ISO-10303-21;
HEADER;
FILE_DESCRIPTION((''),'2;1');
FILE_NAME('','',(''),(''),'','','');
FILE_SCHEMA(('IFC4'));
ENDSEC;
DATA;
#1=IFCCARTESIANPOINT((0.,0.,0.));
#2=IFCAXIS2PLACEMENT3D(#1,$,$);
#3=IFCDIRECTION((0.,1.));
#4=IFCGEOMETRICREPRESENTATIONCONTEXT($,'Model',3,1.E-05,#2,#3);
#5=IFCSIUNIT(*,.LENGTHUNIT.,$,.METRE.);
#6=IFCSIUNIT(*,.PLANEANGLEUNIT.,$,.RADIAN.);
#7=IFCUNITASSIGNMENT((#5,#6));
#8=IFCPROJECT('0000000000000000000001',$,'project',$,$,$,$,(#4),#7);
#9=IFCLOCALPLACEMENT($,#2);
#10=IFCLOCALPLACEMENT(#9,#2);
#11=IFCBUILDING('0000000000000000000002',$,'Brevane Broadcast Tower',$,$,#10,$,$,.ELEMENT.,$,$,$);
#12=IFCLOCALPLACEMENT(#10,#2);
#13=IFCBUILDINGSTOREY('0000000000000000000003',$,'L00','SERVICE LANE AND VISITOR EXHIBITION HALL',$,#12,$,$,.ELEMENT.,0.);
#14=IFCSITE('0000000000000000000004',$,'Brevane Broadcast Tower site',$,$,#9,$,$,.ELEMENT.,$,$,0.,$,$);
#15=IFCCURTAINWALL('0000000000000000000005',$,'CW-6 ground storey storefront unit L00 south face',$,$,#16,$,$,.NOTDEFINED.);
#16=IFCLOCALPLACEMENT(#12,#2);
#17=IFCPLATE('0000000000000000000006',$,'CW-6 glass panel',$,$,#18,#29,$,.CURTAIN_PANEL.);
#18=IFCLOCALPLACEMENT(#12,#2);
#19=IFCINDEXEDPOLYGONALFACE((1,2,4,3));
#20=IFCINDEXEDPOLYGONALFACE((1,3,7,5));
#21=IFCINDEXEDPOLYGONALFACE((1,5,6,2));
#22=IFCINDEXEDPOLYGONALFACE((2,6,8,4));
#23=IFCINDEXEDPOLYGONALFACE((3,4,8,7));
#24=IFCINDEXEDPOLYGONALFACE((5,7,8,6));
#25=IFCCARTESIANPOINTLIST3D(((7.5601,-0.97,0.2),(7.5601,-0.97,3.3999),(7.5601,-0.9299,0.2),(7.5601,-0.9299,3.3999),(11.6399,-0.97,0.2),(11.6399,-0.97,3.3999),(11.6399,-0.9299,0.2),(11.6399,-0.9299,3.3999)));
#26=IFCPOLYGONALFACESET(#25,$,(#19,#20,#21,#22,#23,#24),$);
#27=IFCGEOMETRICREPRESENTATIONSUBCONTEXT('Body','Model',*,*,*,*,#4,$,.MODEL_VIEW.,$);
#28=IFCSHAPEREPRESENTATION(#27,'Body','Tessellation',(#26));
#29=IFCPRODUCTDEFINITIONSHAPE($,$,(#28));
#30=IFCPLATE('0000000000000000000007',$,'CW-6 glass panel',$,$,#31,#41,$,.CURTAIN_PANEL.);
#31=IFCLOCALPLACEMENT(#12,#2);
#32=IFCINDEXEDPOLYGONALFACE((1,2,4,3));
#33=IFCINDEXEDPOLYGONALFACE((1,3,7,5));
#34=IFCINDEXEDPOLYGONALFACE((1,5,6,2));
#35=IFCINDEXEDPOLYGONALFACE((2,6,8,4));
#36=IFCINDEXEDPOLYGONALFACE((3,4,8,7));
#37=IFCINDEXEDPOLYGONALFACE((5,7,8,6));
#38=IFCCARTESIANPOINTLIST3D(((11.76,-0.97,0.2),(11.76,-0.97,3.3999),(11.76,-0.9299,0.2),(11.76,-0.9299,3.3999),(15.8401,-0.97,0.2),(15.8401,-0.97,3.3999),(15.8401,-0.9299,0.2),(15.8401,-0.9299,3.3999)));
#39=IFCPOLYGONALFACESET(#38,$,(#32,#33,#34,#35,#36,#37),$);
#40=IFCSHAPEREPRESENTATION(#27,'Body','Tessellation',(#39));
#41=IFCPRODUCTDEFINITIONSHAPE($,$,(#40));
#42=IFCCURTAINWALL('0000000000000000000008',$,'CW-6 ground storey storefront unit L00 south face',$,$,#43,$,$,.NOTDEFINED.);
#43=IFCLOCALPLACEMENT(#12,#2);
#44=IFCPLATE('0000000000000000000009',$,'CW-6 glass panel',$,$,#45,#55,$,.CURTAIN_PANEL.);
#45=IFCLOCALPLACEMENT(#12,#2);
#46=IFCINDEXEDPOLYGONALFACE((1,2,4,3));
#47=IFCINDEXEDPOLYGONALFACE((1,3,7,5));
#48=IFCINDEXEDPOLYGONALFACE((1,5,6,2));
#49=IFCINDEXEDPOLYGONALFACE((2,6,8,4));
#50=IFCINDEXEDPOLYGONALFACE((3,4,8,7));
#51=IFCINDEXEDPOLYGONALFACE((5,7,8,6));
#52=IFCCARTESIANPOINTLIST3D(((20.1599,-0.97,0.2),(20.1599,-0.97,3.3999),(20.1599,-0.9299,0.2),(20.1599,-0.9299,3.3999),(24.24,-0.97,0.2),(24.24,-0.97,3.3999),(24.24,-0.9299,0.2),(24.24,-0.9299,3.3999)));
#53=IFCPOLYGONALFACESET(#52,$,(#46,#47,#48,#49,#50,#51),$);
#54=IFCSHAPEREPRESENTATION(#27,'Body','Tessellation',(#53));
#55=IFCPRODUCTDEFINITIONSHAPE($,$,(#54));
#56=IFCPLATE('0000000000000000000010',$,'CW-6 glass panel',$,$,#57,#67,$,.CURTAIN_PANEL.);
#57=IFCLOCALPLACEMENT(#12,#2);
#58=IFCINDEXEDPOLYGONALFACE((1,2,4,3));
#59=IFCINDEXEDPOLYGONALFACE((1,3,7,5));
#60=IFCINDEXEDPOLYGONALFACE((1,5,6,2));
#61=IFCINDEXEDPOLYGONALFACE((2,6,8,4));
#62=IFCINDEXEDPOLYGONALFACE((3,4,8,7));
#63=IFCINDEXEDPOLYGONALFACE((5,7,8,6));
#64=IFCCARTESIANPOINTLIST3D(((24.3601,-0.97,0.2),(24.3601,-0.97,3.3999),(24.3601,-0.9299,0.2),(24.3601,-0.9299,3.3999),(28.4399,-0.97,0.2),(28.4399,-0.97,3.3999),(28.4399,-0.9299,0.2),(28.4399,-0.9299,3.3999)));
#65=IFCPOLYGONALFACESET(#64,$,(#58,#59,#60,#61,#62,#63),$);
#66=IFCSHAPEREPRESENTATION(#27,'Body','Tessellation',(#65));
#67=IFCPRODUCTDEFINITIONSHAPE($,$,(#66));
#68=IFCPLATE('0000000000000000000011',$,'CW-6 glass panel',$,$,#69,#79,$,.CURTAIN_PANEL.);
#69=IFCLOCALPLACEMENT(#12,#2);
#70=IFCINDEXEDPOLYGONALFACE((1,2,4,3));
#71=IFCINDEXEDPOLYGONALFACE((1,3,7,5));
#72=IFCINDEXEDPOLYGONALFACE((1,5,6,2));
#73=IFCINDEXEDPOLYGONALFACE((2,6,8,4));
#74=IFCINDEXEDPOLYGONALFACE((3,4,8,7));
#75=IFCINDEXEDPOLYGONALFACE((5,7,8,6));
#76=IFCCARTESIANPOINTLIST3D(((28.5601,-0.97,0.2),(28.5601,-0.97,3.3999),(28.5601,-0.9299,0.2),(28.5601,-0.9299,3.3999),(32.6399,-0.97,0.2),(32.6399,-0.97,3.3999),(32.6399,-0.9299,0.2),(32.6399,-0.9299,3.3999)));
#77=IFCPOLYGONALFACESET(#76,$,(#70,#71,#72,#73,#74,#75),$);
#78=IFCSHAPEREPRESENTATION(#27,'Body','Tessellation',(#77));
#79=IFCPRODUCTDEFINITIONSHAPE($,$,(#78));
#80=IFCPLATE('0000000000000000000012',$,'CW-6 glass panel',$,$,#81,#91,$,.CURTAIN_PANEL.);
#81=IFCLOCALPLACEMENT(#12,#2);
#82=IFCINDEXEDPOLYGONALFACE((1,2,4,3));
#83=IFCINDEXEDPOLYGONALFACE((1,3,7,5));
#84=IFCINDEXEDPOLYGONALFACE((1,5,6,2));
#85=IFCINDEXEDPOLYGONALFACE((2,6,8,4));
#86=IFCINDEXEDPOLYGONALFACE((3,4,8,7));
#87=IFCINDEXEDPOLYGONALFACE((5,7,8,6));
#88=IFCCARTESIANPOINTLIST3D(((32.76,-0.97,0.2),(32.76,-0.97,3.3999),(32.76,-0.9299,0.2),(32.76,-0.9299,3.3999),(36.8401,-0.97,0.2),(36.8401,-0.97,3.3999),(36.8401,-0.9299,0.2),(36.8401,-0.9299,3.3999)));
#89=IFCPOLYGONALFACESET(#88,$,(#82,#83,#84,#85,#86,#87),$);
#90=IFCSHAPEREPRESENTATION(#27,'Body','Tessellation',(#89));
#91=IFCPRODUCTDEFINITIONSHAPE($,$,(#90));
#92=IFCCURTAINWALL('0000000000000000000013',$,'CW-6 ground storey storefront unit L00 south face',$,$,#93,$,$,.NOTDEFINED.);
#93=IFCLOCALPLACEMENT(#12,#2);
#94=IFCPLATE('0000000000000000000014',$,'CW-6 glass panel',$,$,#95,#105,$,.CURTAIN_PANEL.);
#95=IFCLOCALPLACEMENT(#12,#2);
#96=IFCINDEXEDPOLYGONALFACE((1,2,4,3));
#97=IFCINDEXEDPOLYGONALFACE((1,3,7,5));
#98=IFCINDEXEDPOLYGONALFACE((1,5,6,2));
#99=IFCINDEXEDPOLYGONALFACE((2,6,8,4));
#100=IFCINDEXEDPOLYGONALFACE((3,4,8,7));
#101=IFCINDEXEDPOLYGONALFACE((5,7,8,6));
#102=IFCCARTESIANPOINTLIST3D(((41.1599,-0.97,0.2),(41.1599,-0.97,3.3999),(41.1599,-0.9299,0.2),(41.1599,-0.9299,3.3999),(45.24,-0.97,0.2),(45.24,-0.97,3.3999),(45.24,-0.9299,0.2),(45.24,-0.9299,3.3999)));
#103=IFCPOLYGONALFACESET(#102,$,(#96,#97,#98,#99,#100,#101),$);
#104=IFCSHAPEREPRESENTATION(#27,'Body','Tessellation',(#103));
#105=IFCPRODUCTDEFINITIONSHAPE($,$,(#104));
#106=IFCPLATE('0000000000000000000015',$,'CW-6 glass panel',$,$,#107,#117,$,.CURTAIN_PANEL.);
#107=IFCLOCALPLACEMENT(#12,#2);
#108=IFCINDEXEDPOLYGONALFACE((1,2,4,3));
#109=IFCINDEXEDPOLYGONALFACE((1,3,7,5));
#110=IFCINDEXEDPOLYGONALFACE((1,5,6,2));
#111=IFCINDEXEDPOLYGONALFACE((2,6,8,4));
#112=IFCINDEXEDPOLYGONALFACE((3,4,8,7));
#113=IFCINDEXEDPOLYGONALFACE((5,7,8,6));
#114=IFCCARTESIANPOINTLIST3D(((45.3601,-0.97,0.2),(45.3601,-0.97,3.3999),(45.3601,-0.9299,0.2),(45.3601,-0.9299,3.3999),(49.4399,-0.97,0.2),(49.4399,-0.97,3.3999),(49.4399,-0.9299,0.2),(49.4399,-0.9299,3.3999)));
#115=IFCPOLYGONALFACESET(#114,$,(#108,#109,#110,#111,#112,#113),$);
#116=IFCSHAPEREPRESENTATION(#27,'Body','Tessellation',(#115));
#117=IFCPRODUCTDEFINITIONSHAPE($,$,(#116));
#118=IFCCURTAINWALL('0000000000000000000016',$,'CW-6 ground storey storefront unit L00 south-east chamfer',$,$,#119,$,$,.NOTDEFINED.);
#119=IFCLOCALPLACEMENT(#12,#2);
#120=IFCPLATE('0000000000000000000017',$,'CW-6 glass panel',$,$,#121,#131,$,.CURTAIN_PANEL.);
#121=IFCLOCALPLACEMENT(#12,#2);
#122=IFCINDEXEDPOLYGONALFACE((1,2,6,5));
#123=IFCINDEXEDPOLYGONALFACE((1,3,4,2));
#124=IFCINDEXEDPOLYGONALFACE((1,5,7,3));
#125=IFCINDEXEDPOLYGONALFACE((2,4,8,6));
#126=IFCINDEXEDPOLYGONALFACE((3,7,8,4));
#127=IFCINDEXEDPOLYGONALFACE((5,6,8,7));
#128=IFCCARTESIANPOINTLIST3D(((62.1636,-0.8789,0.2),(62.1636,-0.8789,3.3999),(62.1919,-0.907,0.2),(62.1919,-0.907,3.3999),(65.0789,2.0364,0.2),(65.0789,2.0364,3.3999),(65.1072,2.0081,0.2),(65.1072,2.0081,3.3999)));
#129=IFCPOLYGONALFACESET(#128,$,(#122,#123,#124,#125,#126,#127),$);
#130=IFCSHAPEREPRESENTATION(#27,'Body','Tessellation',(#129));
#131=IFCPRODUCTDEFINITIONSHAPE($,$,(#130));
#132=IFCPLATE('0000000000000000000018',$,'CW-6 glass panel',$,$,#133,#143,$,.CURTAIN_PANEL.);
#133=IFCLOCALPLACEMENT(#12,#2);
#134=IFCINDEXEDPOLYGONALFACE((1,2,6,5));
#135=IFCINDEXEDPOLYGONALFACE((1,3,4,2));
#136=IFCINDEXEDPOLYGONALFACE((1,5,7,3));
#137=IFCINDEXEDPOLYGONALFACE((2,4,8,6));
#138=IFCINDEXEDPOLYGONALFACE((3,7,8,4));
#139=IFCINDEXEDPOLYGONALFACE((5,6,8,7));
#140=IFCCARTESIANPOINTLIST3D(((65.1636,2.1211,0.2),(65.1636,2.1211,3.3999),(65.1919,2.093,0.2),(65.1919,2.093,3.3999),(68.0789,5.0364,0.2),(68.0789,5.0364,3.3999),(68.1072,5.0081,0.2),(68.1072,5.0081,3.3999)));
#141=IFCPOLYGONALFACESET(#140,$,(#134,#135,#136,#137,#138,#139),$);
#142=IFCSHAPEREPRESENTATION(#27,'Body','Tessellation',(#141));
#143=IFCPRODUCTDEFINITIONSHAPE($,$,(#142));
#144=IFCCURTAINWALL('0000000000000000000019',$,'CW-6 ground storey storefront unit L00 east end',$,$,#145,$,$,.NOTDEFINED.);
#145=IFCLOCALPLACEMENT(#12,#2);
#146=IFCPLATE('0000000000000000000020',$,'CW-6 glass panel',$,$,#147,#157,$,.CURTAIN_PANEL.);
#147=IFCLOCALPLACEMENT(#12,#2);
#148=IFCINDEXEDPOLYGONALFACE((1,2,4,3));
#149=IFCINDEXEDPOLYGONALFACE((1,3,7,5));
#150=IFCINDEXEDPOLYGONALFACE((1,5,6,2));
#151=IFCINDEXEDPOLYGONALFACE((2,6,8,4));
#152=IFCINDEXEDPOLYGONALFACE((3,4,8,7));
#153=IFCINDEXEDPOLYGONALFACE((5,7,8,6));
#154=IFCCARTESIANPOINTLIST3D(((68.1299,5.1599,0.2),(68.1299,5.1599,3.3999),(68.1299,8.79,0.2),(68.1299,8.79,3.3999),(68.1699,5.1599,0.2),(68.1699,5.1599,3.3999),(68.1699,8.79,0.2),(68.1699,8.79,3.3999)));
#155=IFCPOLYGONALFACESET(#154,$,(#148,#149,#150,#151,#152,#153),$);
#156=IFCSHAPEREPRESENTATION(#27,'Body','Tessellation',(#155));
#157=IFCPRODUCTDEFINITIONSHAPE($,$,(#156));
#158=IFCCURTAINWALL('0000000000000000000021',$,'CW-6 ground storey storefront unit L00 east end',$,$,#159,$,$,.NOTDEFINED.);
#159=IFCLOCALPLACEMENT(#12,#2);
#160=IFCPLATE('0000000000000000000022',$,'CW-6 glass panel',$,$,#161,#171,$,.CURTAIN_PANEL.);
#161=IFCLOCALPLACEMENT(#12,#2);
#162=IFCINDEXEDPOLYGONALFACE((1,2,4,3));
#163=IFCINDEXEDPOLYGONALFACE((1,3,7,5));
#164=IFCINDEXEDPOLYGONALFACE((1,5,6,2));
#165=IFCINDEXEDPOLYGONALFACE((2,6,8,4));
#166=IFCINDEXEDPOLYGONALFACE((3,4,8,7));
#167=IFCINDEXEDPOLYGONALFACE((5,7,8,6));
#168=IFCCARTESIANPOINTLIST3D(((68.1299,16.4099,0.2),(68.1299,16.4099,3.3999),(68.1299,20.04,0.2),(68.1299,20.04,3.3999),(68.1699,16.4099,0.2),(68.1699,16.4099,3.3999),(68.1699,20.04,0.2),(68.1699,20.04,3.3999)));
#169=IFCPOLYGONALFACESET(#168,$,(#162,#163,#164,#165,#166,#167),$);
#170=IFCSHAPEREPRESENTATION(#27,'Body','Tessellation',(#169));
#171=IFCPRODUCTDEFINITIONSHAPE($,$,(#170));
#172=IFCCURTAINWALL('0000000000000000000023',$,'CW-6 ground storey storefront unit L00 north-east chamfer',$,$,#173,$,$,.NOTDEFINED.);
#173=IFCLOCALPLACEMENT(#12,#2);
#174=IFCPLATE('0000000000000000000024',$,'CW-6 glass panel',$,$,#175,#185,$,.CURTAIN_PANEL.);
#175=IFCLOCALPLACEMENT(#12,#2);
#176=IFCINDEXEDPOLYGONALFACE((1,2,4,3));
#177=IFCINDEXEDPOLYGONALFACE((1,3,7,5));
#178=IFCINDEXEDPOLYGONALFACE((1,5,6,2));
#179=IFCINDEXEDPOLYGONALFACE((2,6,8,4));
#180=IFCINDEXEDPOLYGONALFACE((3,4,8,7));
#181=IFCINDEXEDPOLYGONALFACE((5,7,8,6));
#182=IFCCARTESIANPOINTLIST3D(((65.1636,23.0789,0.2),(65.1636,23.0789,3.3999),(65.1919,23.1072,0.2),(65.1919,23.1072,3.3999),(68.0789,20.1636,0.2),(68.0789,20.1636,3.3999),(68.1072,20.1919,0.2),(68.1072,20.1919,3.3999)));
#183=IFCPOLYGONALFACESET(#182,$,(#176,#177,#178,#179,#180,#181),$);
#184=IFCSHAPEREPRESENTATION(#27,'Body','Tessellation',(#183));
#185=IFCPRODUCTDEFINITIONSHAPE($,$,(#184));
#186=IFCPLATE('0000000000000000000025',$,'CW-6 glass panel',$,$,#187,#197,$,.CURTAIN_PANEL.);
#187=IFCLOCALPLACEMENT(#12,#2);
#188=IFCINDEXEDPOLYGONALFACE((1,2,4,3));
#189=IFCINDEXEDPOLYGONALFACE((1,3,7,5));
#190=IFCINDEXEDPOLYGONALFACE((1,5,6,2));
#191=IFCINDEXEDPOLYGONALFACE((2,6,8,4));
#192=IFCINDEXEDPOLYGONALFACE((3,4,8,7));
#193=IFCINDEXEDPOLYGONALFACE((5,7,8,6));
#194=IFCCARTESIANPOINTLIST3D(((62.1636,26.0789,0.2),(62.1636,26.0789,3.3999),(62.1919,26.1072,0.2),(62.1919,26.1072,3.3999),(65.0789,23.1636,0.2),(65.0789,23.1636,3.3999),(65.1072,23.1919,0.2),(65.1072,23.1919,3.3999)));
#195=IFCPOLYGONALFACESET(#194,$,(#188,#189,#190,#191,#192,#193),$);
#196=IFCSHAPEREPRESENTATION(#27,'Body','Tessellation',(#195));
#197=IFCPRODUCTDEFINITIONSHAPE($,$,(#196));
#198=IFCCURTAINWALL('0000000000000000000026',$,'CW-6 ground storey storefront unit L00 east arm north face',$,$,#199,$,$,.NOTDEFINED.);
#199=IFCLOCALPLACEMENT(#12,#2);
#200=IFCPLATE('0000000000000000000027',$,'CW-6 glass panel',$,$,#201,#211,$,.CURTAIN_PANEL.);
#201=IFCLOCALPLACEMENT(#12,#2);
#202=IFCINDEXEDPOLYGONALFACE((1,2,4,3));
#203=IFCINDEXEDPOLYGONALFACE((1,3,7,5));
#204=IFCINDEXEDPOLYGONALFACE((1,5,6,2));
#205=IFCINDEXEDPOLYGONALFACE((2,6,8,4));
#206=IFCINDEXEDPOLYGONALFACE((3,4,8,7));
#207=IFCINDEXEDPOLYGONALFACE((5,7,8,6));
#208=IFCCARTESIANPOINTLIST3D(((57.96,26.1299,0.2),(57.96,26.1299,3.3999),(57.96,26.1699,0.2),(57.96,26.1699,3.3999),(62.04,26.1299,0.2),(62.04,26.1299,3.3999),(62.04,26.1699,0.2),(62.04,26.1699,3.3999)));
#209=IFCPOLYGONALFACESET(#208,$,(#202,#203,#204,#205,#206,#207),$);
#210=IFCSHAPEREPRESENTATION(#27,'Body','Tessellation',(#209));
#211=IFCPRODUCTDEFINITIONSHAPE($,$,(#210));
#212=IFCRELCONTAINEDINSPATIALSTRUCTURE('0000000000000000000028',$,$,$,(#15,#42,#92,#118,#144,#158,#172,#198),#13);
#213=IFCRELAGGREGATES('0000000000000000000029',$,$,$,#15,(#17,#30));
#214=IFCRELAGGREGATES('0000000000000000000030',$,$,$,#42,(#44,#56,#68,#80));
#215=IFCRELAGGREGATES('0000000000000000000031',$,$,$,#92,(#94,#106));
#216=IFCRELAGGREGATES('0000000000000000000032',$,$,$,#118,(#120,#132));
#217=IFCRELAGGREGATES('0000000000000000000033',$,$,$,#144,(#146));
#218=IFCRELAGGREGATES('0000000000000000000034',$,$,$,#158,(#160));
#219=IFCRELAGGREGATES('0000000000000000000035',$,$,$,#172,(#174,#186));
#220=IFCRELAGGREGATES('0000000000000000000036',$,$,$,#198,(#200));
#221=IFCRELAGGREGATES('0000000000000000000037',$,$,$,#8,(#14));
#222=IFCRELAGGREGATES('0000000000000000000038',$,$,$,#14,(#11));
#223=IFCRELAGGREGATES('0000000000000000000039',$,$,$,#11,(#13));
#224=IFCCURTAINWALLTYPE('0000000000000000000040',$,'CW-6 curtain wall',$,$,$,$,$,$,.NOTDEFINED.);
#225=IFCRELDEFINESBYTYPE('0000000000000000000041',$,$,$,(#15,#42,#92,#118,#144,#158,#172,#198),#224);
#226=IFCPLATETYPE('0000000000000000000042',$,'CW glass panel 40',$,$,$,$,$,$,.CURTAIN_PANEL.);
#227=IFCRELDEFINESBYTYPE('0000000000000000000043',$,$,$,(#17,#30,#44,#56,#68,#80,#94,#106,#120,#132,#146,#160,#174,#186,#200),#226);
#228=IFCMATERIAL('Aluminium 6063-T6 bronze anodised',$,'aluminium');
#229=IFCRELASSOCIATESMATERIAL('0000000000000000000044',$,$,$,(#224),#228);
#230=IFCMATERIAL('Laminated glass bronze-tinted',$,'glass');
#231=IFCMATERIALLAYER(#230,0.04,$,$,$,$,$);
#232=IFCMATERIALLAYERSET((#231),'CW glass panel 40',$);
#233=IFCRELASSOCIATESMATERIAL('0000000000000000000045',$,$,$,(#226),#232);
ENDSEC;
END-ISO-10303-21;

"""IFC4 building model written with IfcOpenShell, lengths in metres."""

from ifc_helpers import new_model, si_unit, direction, frame, origin, place, context, subcontext, project, spatial, polyline, outline, extrude, material, layer, layer_set, type_object, element, aggregate, save


model = new_model("IFC4")

# Units and contexts
model_context = context("Model", 3, precision=1e-05, world=origin(), true_north=direction((0.0, 1.0)))
body_context = subcontext(model_context, "Body", "Model", "MODEL_VIEW")
ifc_project = project(units=[si_unit("LENGTHUNIT", "METRE"), si_unit("PLANEANGLEUNIT", "RADIAN")], contexts=[model_context])

# Site, building, storey
site_placement = place(None, origin())
site = spatial("IfcSite", under=ifc_project, at=site_placement, Name="Brevane Broadcast Tower site", CompositionType="ELEMENT", RefElevation=0.0)
building_placement = place(site_placement, origin())
building = spatial("IfcBuilding", under=site, at=building_placement, Name="Brevane Broadcast Tower", CompositionType="ELEMENT")
storey_placement = place(building_placement, origin())
storey = spatial("IfcBuildingStorey", under=building, at=storey_placement, Name="L00", Description="SERVICE LANE AND VISITOR EXHIBITION HALL", CompositionType="ELEMENT", Elevation=0.0)

# Curtain walls, plates
ifc_material_1 = material(Name="Aluminium 6063-T6 bronze anodised", Category="aluminium")
curtain_wall_type = type_object("IfcCurtainWallType", Name="CW-6 curtain wall", PredefinedType="NOTDEFINED", material=ifc_material_1)
curtain_wall_1_placement = place(storey_placement, origin())
curtain_wall_1 = element("IfcCurtainWall", 1, at=curtain_wall_1_placement, inside=storey, type_object=curtain_wall_type, Name="CW-6 ground storey storefront unit L00 south face", PredefinedType="NOTDEFINED")
ifc_material_2 = material(Name="Laminated glass bronze-tinted", Category="glass")
ifc_layer = layer(ifc_material_2, 0.04)
ifc_layer_set = layer_set([ifc_layer], Name="CW glass panel 40")
plate_type = type_object("IfcPlateType", Name="CW glass panel 40", PredefinedType="CURTAIN_PANEL", material=ifc_layer_set)
plate_1_placement = place(storey_placement, frame((0.0, 0.0, 0.2)))
plate_1 = element("IfcPlate", 2, at=plate_1_placement, type_object=plate_type, Name="CW-6 glass panel", PredefinedType="CURTAIN_PANEL", context=body_context, shape_type="SweptSolid", body=[
    extrude(outline(polyline([(11.6399, -0.97), (11.6399, -0.9299), (7.5601, -0.9299), (7.5601, -0.97), (11.6399, -0.97)])), origin(), (0.0, 0.0, 1.0), 3.2),
])
plate_2_placement = place(storey_placement, frame((0.0, 0.0, 0.2)))
plate_2 = element("IfcPlate", 3, at=plate_2_placement, type_object=plate_type, Name="CW-6 glass panel", PredefinedType="CURTAIN_PANEL", context=body_context, shape_type="SweptSolid", body=[
    extrude(outline(polyline([(15.8401, -0.97), (15.8401, -0.9299), (11.76, -0.9299), (11.76, -0.97), (15.8401, -0.97)])), origin(), (0.0, 0.0, 1.0), 3.2),
])
aggregate(curtain_wall_1, [plate_1, plate_2])
curtain_wall_2_placement = place(storey_placement, origin())
curtain_wall_2 = element("IfcCurtainWall", 4, at=curtain_wall_2_placement, inside=storey, type_object=curtain_wall_type, Name="CW-6 ground storey storefront unit L00 south face", PredefinedType="NOTDEFINED")
plate_3_placement = place(storey_placement, frame((0.0, 0.0, 0.2)))
plate_3 = element("IfcPlate", 5, at=plate_3_placement, type_object=plate_type, Name="CW-6 glass panel", PredefinedType="CURTAIN_PANEL", context=body_context, shape_type="SweptSolid", body=[
    extrude(outline(polyline([(24.24, -0.97), (24.24, -0.9299), (20.1599, -0.9299), (20.1599, -0.97), (24.24, -0.97)])), origin(), (0.0, 0.0, 1.0), 3.2),
])
plate_4_placement = place(storey_placement, frame((0.0, 0.0, 0.2)))
plate_4 = element("IfcPlate", 6, at=plate_4_placement, type_object=plate_type, Name="CW-6 glass panel", PredefinedType="CURTAIN_PANEL", context=body_context, shape_type="SweptSolid", body=[
    extrude(outline(polyline([(28.4399, -0.97), (28.4399, -0.9299), (24.3601, -0.9299), (24.3601, -0.97), (28.4399, -0.97)])), origin(), (0.0, 0.0, 1.0), 3.2),
])
plate_5_placement = place(storey_placement, frame((0.0, 0.0, 0.2)))
plate_5 = element("IfcPlate", 7, at=plate_5_placement, type_object=plate_type, Name="CW-6 glass panel", PredefinedType="CURTAIN_PANEL", context=body_context, shape_type="SweptSolid", body=[
    extrude(outline(polyline([(32.6399, -0.97), (32.6399, -0.9299), (28.5601, -0.9299), (28.5601, -0.97), (32.6399, -0.97)])), origin(), (0.0, 0.0, 1.0), 3.2),
])
plate_6_placement = place(storey_placement, frame((0.0, 0.0, 0.2)))
plate_6 = element("IfcPlate", 8, at=plate_6_placement, type_object=plate_type, Name="CW-6 glass panel", PredefinedType="CURTAIN_PANEL", context=body_context, shape_type="SweptSolid", body=[
    extrude(outline(polyline([(36.8401, -0.97), (36.8401, -0.9299), (32.76, -0.9299), (32.76, -0.97), (36.8401, -0.97)])), origin(), (0.0, 0.0, 1.0), 3.2),
])
aggregate(curtain_wall_2, [plate_3, plate_4, plate_5, plate_6])
curtain_wall_3_placement = place(storey_placement, origin())
curtain_wall_3 = element("IfcCurtainWall", 9, at=curtain_wall_3_placement, inside=storey, type_object=curtain_wall_type, Name="CW-6 ground storey storefront unit L00 south face", PredefinedType="NOTDEFINED")
plate_7_placement = place(storey_placement, frame((0.0, 0.0, 0.2)))
plate_7 = element("IfcPlate", 10, at=plate_7_placement, type_object=plate_type, Name="CW-6 glass panel", PredefinedType="CURTAIN_PANEL", context=body_context, shape_type="SweptSolid", body=[
    extrude(outline(polyline([(45.24, -0.97), (45.24, -0.9299), (41.1599, -0.9299), (41.1599, -0.97), (45.24, -0.97)])), origin(), (0.0, 0.0, 1.0), 3.2),
])
plate_8_placement = place(storey_placement, frame((0.0, 0.0, 0.2)))
plate_8 = element("IfcPlate", 11, at=plate_8_placement, type_object=plate_type, Name="CW-6 glass panel", PredefinedType="CURTAIN_PANEL", context=body_context, shape_type="SweptSolid", body=[
    extrude(outline(polyline([(49.4399, -0.97), (49.4399, -0.9299), (45.3601, -0.9299), (45.3601, -0.97), (49.4399, -0.97)])), origin(), (0.0, 0.0, 1.0), 3.2),
])
aggregate(curtain_wall_3, [plate_7, plate_8])
curtain_wall_4_placement = place(storey_placement, origin())
curtain_wall_4 = element("IfcCurtainWall", 12, at=curtain_wall_4_placement, inside=storey, type_object=curtain_wall_type, Name="CW-6 ground storey storefront unit L00 south-east chamfer", PredefinedType="NOTDEFINED")
plate_9_placement = place(storey_placement, frame((0.0, 0.0, 0.2)))
plate_9 = element("IfcPlate", 13, at=plate_9_placement, type_object=plate_type, Name="CW-6 glass panel", PredefinedType="CURTAIN_PANEL", context=body_context, shape_type="SweptSolid", body=[
    extrude(outline(polyline([(62.1636, -0.8789), (65.0789, 2.0364), (65.1072, 2.0081), (62.1919, -0.907), (62.1636, -0.8789)])), origin(), (0.0, 0.0, 1.0), 3.2),
])
plate_10_placement = place(storey_placement, frame((0.0, 0.0, 0.2)))
plate_10 = element("IfcPlate", 14, at=plate_10_placement, type_object=plate_type, Name="CW-6 glass panel", PredefinedType="CURTAIN_PANEL", context=body_context, shape_type="SweptSolid", body=[
    extrude(outline(polyline([(68.0789, 5.0364), (68.1072, 5.0081), (65.1919, 2.093), (65.1636, 2.1211), (68.0789, 5.0364)])), origin(), (0.0, 0.0, 1.0), 3.2),
])
aggregate(curtain_wall_4, [plate_9, plate_10])

# Curtain walls, plates
curtain_wall_5_placement = place(storey_placement, origin())
curtain_wall_5 = element("IfcCurtainWall", 15, at=curtain_wall_5_placement, inside=storey, type_object=curtain_wall_type, Name="CW-6 ground storey storefront unit L00 east end", PredefinedType="NOTDEFINED")
plate_11_placement = place(storey_placement, frame((0.0, 0.0, 0.2)))
plate_11 = element("IfcPlate", 16, at=plate_11_placement, type_object=plate_type, Name="CW-6 glass panel", PredefinedType="CURTAIN_PANEL", context=body_context, shape_type="SweptSolid", body=[
    extrude(outline(polyline([(68.1699, 8.79), (68.1299, 8.79), (68.1299, 5.1599), (68.1699, 5.1599), (68.1699, 8.79)])), origin(), (0.0, 0.0, 1.0), 3.2),
])
aggregate(curtain_wall_5, [plate_11])
curtain_wall_6_placement = place(storey_placement, origin())
curtain_wall_6 = element("IfcCurtainWall", 17, at=curtain_wall_6_placement, inside=storey, type_object=curtain_wall_type, Name="CW-6 ground storey storefront unit L00 east end", PredefinedType="NOTDEFINED")
plate_12_placement = place(storey_placement, frame((0.0, 0.0, 0.2)))
plate_12 = element("IfcPlate", 18, at=plate_12_placement, type_object=plate_type, Name="CW-6 glass panel", PredefinedType="CURTAIN_PANEL", context=body_context, shape_type="SweptSolid", body=[
    extrude(outline(polyline([(68.1699, 20.04), (68.1299, 20.04), (68.1299, 16.4099), (68.1699, 16.4099), (68.1699, 20.04)])), origin(), (0.0, 0.0, 1.0), 3.2),
])
aggregate(curtain_wall_6, [plate_12])

# Curtain wall, plates
curtain_wall_7_placement = place(storey_placement, origin())
curtain_wall_7 = element("IfcCurtainWall", 19, at=curtain_wall_7_placement, inside=storey, type_object=curtain_wall_type, Name="CW-6 ground storey storefront unit L00 north-east chamfer", PredefinedType="NOTDEFINED")
plate_13_placement = place(storey_placement, frame((0.0, 0.0, 0.2)))
plate_13 = element("IfcPlate", 20, at=plate_13_placement, type_object=plate_type, Name="CW-6 glass panel", PredefinedType="CURTAIN_PANEL", context=body_context, shape_type="SweptSolid", body=[
    extrude(outline(polyline([(68.0789, 20.1636), (65.1636, 23.0789), (65.1919, 23.1072), (68.1072, 20.1919), (68.0789, 20.1636)])), origin(), (0.0, 0.0, 1.0), 3.2),
])
plate_14_placement = place(storey_placement, frame((0.0, 0.0, 0.2)))
plate_14 = element("IfcPlate", 21, at=plate_14_placement, type_object=plate_type, Name="CW-6 glass panel", PredefinedType="CURTAIN_PANEL", context=body_context, shape_type="SweptSolid", body=[
    extrude(outline(polyline([(65.0789, 23.1636), (62.1636, 26.0789), (62.1919, 26.1072), (65.1072, 23.1919), (65.0789, 23.1636)])), origin(), (0.0, 0.0, 1.0), 3.2),
])
aggregate(curtain_wall_7, [plate_13, plate_14])

# Curtain wall, plate
curtain_wall_8_placement = place(storey_placement, origin())
curtain_wall_8 = element("IfcCurtainWall", 22, at=curtain_wall_8_placement, inside=storey, type_object=curtain_wall_type, Name="CW-6 ground storey storefront unit L00 east arm north face", PredefinedType="NOTDEFINED")
plate_15_placement = place(storey_placement, frame((0.0, 0.0, 0.2)))
plate_15 = element("IfcPlate", 23, at=plate_15_placement, type_object=plate_type, Name="CW-6 glass panel", PredefinedType="CURTAIN_PANEL", context=body_context, shape_type="SweptSolid", body=[
    extrude(outline(polyline([(57.96, 26.1699), (57.96, 26.1299), (62.04, 26.1299), (62.04, 26.1699), (57.96, 26.1699)])), origin(), (0.0, 0.0, 1.0), 3.2),
])
aggregate(curtain_wall_8, [plate_15])

save(model, "model.ifc")
